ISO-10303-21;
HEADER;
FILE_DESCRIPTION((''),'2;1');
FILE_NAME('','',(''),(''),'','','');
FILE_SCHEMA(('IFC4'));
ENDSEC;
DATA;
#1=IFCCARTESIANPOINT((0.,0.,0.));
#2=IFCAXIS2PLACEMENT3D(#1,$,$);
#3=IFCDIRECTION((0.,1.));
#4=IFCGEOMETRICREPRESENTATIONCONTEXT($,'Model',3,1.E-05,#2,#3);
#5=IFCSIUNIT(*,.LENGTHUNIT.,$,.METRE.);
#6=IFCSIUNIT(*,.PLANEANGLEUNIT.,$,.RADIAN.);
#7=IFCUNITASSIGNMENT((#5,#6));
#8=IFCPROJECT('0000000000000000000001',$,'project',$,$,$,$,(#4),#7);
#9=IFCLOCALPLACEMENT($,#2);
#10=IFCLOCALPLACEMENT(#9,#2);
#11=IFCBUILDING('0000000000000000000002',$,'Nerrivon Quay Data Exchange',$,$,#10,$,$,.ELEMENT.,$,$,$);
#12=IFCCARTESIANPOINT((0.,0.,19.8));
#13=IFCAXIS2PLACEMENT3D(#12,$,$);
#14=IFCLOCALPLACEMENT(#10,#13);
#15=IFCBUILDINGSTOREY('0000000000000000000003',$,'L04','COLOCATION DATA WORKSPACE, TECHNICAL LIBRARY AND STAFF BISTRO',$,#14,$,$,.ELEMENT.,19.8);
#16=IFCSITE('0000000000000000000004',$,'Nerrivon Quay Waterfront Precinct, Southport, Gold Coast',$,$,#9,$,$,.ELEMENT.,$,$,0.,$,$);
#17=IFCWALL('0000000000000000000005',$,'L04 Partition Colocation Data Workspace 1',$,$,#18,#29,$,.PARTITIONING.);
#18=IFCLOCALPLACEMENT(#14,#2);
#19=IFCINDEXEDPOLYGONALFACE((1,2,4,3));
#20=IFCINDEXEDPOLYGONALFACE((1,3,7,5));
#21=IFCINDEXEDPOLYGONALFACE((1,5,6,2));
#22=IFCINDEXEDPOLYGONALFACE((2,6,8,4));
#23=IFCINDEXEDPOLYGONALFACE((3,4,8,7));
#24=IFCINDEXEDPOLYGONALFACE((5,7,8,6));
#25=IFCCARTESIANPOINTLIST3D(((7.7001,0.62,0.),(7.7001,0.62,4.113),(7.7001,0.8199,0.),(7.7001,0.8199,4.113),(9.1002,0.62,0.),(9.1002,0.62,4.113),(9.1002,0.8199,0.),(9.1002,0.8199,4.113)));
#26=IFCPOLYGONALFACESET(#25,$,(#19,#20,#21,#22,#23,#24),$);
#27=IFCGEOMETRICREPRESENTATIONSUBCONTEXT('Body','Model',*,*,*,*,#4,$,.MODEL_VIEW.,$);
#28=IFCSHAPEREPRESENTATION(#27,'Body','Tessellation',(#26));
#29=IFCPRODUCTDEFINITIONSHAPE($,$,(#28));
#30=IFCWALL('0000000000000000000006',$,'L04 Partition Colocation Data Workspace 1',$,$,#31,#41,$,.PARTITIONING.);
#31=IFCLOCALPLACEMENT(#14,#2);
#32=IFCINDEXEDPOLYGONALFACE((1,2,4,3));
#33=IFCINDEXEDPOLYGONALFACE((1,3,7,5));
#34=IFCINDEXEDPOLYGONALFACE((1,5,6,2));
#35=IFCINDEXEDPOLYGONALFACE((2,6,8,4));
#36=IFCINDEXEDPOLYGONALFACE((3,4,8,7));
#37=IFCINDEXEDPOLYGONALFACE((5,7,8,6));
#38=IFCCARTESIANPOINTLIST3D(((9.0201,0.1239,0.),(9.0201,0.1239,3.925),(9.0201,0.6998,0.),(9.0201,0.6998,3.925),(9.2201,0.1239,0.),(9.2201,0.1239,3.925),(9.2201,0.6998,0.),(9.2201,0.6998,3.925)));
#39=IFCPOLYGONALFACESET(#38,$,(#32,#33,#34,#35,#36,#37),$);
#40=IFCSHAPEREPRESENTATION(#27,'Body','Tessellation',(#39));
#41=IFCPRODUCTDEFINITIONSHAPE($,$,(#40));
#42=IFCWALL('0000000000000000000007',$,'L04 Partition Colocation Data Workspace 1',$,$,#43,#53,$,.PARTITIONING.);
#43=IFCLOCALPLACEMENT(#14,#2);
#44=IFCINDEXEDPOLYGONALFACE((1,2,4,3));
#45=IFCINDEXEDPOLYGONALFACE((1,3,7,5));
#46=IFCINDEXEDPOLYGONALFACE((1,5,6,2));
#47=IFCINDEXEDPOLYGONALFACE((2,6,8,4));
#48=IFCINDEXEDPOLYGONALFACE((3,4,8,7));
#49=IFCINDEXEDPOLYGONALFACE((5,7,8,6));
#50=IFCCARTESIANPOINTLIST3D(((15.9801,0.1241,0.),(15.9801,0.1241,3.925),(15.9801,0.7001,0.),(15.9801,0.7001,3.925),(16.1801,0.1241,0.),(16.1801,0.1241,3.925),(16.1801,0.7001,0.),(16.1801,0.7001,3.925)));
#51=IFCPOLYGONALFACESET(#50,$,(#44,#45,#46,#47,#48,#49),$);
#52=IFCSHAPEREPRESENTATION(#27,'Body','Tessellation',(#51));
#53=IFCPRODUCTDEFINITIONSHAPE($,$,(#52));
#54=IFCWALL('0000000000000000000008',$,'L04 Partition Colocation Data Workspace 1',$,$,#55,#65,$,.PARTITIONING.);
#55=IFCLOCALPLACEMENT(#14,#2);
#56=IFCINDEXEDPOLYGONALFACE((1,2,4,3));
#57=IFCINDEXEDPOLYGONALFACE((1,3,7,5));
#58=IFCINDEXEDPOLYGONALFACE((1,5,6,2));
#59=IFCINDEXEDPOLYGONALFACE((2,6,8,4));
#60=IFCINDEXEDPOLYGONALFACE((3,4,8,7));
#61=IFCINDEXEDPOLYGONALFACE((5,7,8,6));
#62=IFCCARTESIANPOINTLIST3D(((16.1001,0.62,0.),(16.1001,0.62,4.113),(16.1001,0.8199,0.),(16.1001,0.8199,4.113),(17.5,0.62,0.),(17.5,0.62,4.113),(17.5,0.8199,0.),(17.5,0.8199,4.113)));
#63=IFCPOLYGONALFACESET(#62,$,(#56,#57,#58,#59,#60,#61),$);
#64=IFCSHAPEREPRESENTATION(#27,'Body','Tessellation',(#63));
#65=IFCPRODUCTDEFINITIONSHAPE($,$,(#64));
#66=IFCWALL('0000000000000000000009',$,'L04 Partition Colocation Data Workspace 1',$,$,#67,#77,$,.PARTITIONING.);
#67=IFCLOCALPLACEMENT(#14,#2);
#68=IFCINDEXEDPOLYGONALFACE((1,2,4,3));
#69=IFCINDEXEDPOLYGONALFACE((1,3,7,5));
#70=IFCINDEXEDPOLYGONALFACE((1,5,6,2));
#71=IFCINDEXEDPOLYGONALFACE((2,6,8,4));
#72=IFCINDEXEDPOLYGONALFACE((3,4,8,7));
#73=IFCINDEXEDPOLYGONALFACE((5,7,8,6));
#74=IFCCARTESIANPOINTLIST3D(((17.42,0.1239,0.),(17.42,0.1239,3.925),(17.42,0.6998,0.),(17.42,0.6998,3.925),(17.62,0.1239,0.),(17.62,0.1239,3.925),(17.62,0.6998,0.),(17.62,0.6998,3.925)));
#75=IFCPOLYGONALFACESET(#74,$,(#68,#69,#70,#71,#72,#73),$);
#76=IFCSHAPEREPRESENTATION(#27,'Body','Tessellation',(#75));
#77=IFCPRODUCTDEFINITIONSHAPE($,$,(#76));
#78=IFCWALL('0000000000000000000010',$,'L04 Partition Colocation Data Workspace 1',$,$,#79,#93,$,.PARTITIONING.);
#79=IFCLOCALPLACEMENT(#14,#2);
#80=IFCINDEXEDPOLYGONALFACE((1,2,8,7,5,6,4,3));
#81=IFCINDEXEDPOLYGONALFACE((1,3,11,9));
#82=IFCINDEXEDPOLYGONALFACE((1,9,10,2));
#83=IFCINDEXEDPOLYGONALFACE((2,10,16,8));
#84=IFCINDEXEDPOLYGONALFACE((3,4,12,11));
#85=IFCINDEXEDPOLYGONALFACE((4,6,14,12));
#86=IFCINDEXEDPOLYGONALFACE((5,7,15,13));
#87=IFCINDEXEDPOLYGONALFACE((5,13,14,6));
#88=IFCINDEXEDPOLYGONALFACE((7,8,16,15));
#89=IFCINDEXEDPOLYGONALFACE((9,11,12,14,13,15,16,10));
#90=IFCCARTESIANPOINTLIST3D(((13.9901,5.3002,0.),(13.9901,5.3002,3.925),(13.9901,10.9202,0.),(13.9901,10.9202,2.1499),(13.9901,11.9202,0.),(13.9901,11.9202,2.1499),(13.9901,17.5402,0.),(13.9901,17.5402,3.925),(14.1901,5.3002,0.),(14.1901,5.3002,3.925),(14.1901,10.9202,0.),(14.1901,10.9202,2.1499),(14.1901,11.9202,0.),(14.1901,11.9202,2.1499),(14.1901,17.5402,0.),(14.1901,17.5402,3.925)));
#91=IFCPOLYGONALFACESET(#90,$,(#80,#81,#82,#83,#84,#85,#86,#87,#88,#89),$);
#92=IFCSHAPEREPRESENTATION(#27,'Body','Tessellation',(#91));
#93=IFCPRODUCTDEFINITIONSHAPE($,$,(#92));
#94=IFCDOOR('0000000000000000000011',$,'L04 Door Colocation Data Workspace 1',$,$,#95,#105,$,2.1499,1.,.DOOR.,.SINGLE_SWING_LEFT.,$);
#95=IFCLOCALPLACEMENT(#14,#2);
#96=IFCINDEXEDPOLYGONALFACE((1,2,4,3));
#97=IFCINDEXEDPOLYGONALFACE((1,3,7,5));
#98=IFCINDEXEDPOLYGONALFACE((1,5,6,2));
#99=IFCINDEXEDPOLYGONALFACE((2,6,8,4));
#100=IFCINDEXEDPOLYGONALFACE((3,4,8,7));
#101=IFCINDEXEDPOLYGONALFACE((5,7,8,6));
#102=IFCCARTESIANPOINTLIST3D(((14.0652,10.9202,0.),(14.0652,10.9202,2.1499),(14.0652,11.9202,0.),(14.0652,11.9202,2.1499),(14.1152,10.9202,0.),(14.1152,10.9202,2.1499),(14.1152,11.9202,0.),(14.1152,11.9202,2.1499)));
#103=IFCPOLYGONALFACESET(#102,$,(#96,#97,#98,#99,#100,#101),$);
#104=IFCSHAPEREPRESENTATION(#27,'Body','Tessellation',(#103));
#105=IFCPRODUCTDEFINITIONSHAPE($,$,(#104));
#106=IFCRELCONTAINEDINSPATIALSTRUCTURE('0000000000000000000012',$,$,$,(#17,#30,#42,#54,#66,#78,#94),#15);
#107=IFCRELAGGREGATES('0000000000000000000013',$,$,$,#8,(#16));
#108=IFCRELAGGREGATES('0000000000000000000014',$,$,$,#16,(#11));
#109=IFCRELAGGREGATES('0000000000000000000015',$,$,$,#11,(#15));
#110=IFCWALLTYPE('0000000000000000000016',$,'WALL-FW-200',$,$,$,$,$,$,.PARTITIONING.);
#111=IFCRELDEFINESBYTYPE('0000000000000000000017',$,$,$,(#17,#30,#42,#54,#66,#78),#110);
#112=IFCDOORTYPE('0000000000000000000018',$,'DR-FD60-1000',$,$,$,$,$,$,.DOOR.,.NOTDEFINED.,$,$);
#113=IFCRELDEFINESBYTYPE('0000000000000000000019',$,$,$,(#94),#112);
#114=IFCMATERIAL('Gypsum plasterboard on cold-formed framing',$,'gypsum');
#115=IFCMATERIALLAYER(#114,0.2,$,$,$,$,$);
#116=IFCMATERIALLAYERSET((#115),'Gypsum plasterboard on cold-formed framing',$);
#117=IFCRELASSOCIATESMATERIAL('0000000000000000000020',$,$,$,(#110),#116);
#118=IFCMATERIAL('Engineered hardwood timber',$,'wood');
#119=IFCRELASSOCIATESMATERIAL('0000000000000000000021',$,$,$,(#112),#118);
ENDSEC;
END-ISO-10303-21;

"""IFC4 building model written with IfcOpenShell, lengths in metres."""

from ifc_helpers import new_model, si_unit, direction, frame, frame_2d, origin, place, context, subcontext, project, spatial, rectangle, extrude, material, layer, layer_set, type_object, element, fill, save


model = new_model("IFC4")

# Units and contexts
model_context = context("Model", 3, precision=1e-05, world=origin(), true_north=direction((0.0, 1.0)))
body_context = subcontext(model_context, "Body", "Model", "MODEL_VIEW")
ifc_project = project(units=[si_unit("LENGTHUNIT", "METRE"), si_unit("PLANEANGLEUNIT", "RADIAN")], contexts=[model_context])

# Site, building, storey
site_placement = place(None, origin())
site = spatial("IfcSite", under=ifc_project, at=site_placement, Name="Nerrivon Quay Waterfront Precinct, Southport, Gold Coast", CompositionType="ELEMENT", RefElevation=0.0)
building_placement = place(site_placement, origin())
building = spatial("IfcBuilding", under=site, at=building_placement, Name="Nerrivon Quay Data Exchange", CompositionType="ELEMENT")
storey_placement = place(building_placement, frame((0.0, 0.0, 19.8)))
storey = spatial("IfcBuildingStorey", under=building, at=storey_placement, Name="L04", Description="COLOCATION DATA WORKSPACE, TECHNICAL LIBRARY AND STAFF BISTRO", CompositionType="ELEMENT", Elevation=19.8)

# Walls
ifc_material_1 = material(Name="Gypsum plasterboard on cold-formed framing", Category="gypsum")
ifc_layer_1 = layer(ifc_material_1, 0.2)
ifc_layer_set_1 = layer_set([ifc_layer_1], Name="Gypsum plasterboard on cold-formed framing")
wall_type_1 = type_object("IfcWallType", Name="WALL-FW-200", PredefinedType="PARTITIONING", material=ifc_layer_set_1)
wall_1_placement = place(storey_placement, frame((7.7, 0.72, 0.0), z_axis=(0.0, 0.0, 1.0), x_axis=(1.0, 0.0, 0.0)))
element("IfcWall", 1, at=wall_1_placement, inside=storey, type_object=wall_type_1, Name="L04 Partition Colocation Data Workspace 1", PredefinedType="PARTITIONING", context=body_context, shape_type="SweptSolid", body=[
    extrude(rectangle(XDim=1.4001, YDim=0.2, at=frame_2d((0.7002, 0.0))), origin(), (0.0, 0.0, 1.0), 4.113),
])
for number, where, z_axis, x_axis, name in (
    (2, (9.1201, 0.7, 0.0), (0.0, 0.0, 1.0), (0.0, -1.0, 0.0), "L04 Partition Colocation Data Workspace 1"),
    (3, (16.0801, 0.124, 0.0), (0.0, 0.0, 1.0), (0.0, 1.0, 0.0), "L04 Partition Colocation Data Workspace 1"),
):
    element("IfcWall", number, at=place(storey_placement, frame(where, z_axis=z_axis, x_axis=x_axis)), inside=storey, type_object=wall_type_1, Name=name, PredefinedType="PARTITIONING", context=body_context, shape_type="SweptSolid", body=[
        extrude(rectangle(XDim=0.5759, YDim=0.2, at=frame_2d((0.2881, 0.0))), origin(), (0.0, 0.0, 1.0), 3.925),
    ])
wall_2_placement = place(storey_placement, frame((16.1001, 0.72, 0.0), z_axis=(0.0, 0.0, 1.0), x_axis=(1.0, 0.0, 0.0)))
element("IfcWall", 4, at=wall_2_placement, inside=storey, type_object=wall_type_1, Name="L04 Partition Colocation Data Workspace 1", PredefinedType="PARTITIONING", context=body_context, shape_type="SweptSolid", body=[
    extrude(rectangle(XDim=1.3999, YDim=0.2, at=frame_2d((0.7, 0.0))), origin(), (0.0, 0.0, 1.0), 4.113),
])
wall_3_placement = place(storey_placement, frame((17.52, 0.7, 0.0), z_axis=(0.0, 0.0, 1.0), x_axis=(0.0, -1.0, 0.0)))
element("IfcWall", 5, at=wall_3_placement, inside=storey, type_object=wall_type_1, Name="L04 Partition Colocation Data Workspace 1", PredefinedType="PARTITIONING", context=body_context, shape_type="SweptSolid", body=[
    extrude(rectangle(XDim=0.5759, YDim=0.2, at=frame_2d((0.2881, 0.0))), origin(), (0.0, 0.0, 1.0), 3.925),
])

# Wall, opening, door
wall_4_placement = place(storey_placement, frame((14.0901, 5.3, 0.0), z_axis=(0.0, 0.0, 1.0), x_axis=(0.0, 1.0, 0.0)))
wall_4 = element("IfcWall", 6, at=wall_4_placement, inside=storey, type_object=wall_type_1, Name="L04 Partition Colocation Data Workspace 1", PredefinedType="PARTITIONING", context=body_context, shape_type="SweptSolid", body=[
    extrude(rectangle(XDim=12.24, YDim=0.2, at=frame_2d((6.1201, 0.0))), origin(), (0.0, 0.0, 1.0), 3.925),
])
opening_1_placement = place(wall_4_placement, frame((5.6201, 0.0, 0.0)))
opening_1 = element("IfcOpeningElement", 7, at=opening_1_placement, cuts=wall_4, PredefinedType="OPENING", context=body_context, shape_type="SweptSolid", body=[
    extrude(rectangle(XDim=1.0, YDim=2.1499, at=frame_2d((0.5, 1.075))), frame((0.0, 0.1099, 0.0), z_axis=(0.0, -1.0, 0.0), x_axis=(1.0, 0.0, 0.0)), (0.0, 0.0, 1.0), 0.22),
])
ifc_material_2 = material(Name="Engineered hardwood timber", Category="wood")
door_type = type_object("IfcDoorType", Name="DR-FD60-1000", OperationType="NOTDEFINED", PredefinedType="DOOR", material=ifc_material_2)
door_placement = place(opening_1_placement, origin())
door = element("IfcDoor", 8, at=door_placement, inside=storey, type_object=door_type, Name="L04 Door Colocation Data Workspace 1", OperationType="SINGLE_SWING_LEFT", OverallHeight=2.1499, OverallWidth=1.0, PredefinedType="DOOR", context=body_context, shape_type="SweptSolid", body=[
    extrude(rectangle(XDim=1.0, YDim=2.1499, at=frame_2d((0.5, 1.075))), frame((0.0, 0.0249, 0.0), z_axis=(0.0, -1.0, 0.0), x_axis=(1.0, 0.0, 0.0)), (0.0, 0.0, 1.0), 0.05),
])
fill(opening_1, door)

save(model, "model.ifc")
